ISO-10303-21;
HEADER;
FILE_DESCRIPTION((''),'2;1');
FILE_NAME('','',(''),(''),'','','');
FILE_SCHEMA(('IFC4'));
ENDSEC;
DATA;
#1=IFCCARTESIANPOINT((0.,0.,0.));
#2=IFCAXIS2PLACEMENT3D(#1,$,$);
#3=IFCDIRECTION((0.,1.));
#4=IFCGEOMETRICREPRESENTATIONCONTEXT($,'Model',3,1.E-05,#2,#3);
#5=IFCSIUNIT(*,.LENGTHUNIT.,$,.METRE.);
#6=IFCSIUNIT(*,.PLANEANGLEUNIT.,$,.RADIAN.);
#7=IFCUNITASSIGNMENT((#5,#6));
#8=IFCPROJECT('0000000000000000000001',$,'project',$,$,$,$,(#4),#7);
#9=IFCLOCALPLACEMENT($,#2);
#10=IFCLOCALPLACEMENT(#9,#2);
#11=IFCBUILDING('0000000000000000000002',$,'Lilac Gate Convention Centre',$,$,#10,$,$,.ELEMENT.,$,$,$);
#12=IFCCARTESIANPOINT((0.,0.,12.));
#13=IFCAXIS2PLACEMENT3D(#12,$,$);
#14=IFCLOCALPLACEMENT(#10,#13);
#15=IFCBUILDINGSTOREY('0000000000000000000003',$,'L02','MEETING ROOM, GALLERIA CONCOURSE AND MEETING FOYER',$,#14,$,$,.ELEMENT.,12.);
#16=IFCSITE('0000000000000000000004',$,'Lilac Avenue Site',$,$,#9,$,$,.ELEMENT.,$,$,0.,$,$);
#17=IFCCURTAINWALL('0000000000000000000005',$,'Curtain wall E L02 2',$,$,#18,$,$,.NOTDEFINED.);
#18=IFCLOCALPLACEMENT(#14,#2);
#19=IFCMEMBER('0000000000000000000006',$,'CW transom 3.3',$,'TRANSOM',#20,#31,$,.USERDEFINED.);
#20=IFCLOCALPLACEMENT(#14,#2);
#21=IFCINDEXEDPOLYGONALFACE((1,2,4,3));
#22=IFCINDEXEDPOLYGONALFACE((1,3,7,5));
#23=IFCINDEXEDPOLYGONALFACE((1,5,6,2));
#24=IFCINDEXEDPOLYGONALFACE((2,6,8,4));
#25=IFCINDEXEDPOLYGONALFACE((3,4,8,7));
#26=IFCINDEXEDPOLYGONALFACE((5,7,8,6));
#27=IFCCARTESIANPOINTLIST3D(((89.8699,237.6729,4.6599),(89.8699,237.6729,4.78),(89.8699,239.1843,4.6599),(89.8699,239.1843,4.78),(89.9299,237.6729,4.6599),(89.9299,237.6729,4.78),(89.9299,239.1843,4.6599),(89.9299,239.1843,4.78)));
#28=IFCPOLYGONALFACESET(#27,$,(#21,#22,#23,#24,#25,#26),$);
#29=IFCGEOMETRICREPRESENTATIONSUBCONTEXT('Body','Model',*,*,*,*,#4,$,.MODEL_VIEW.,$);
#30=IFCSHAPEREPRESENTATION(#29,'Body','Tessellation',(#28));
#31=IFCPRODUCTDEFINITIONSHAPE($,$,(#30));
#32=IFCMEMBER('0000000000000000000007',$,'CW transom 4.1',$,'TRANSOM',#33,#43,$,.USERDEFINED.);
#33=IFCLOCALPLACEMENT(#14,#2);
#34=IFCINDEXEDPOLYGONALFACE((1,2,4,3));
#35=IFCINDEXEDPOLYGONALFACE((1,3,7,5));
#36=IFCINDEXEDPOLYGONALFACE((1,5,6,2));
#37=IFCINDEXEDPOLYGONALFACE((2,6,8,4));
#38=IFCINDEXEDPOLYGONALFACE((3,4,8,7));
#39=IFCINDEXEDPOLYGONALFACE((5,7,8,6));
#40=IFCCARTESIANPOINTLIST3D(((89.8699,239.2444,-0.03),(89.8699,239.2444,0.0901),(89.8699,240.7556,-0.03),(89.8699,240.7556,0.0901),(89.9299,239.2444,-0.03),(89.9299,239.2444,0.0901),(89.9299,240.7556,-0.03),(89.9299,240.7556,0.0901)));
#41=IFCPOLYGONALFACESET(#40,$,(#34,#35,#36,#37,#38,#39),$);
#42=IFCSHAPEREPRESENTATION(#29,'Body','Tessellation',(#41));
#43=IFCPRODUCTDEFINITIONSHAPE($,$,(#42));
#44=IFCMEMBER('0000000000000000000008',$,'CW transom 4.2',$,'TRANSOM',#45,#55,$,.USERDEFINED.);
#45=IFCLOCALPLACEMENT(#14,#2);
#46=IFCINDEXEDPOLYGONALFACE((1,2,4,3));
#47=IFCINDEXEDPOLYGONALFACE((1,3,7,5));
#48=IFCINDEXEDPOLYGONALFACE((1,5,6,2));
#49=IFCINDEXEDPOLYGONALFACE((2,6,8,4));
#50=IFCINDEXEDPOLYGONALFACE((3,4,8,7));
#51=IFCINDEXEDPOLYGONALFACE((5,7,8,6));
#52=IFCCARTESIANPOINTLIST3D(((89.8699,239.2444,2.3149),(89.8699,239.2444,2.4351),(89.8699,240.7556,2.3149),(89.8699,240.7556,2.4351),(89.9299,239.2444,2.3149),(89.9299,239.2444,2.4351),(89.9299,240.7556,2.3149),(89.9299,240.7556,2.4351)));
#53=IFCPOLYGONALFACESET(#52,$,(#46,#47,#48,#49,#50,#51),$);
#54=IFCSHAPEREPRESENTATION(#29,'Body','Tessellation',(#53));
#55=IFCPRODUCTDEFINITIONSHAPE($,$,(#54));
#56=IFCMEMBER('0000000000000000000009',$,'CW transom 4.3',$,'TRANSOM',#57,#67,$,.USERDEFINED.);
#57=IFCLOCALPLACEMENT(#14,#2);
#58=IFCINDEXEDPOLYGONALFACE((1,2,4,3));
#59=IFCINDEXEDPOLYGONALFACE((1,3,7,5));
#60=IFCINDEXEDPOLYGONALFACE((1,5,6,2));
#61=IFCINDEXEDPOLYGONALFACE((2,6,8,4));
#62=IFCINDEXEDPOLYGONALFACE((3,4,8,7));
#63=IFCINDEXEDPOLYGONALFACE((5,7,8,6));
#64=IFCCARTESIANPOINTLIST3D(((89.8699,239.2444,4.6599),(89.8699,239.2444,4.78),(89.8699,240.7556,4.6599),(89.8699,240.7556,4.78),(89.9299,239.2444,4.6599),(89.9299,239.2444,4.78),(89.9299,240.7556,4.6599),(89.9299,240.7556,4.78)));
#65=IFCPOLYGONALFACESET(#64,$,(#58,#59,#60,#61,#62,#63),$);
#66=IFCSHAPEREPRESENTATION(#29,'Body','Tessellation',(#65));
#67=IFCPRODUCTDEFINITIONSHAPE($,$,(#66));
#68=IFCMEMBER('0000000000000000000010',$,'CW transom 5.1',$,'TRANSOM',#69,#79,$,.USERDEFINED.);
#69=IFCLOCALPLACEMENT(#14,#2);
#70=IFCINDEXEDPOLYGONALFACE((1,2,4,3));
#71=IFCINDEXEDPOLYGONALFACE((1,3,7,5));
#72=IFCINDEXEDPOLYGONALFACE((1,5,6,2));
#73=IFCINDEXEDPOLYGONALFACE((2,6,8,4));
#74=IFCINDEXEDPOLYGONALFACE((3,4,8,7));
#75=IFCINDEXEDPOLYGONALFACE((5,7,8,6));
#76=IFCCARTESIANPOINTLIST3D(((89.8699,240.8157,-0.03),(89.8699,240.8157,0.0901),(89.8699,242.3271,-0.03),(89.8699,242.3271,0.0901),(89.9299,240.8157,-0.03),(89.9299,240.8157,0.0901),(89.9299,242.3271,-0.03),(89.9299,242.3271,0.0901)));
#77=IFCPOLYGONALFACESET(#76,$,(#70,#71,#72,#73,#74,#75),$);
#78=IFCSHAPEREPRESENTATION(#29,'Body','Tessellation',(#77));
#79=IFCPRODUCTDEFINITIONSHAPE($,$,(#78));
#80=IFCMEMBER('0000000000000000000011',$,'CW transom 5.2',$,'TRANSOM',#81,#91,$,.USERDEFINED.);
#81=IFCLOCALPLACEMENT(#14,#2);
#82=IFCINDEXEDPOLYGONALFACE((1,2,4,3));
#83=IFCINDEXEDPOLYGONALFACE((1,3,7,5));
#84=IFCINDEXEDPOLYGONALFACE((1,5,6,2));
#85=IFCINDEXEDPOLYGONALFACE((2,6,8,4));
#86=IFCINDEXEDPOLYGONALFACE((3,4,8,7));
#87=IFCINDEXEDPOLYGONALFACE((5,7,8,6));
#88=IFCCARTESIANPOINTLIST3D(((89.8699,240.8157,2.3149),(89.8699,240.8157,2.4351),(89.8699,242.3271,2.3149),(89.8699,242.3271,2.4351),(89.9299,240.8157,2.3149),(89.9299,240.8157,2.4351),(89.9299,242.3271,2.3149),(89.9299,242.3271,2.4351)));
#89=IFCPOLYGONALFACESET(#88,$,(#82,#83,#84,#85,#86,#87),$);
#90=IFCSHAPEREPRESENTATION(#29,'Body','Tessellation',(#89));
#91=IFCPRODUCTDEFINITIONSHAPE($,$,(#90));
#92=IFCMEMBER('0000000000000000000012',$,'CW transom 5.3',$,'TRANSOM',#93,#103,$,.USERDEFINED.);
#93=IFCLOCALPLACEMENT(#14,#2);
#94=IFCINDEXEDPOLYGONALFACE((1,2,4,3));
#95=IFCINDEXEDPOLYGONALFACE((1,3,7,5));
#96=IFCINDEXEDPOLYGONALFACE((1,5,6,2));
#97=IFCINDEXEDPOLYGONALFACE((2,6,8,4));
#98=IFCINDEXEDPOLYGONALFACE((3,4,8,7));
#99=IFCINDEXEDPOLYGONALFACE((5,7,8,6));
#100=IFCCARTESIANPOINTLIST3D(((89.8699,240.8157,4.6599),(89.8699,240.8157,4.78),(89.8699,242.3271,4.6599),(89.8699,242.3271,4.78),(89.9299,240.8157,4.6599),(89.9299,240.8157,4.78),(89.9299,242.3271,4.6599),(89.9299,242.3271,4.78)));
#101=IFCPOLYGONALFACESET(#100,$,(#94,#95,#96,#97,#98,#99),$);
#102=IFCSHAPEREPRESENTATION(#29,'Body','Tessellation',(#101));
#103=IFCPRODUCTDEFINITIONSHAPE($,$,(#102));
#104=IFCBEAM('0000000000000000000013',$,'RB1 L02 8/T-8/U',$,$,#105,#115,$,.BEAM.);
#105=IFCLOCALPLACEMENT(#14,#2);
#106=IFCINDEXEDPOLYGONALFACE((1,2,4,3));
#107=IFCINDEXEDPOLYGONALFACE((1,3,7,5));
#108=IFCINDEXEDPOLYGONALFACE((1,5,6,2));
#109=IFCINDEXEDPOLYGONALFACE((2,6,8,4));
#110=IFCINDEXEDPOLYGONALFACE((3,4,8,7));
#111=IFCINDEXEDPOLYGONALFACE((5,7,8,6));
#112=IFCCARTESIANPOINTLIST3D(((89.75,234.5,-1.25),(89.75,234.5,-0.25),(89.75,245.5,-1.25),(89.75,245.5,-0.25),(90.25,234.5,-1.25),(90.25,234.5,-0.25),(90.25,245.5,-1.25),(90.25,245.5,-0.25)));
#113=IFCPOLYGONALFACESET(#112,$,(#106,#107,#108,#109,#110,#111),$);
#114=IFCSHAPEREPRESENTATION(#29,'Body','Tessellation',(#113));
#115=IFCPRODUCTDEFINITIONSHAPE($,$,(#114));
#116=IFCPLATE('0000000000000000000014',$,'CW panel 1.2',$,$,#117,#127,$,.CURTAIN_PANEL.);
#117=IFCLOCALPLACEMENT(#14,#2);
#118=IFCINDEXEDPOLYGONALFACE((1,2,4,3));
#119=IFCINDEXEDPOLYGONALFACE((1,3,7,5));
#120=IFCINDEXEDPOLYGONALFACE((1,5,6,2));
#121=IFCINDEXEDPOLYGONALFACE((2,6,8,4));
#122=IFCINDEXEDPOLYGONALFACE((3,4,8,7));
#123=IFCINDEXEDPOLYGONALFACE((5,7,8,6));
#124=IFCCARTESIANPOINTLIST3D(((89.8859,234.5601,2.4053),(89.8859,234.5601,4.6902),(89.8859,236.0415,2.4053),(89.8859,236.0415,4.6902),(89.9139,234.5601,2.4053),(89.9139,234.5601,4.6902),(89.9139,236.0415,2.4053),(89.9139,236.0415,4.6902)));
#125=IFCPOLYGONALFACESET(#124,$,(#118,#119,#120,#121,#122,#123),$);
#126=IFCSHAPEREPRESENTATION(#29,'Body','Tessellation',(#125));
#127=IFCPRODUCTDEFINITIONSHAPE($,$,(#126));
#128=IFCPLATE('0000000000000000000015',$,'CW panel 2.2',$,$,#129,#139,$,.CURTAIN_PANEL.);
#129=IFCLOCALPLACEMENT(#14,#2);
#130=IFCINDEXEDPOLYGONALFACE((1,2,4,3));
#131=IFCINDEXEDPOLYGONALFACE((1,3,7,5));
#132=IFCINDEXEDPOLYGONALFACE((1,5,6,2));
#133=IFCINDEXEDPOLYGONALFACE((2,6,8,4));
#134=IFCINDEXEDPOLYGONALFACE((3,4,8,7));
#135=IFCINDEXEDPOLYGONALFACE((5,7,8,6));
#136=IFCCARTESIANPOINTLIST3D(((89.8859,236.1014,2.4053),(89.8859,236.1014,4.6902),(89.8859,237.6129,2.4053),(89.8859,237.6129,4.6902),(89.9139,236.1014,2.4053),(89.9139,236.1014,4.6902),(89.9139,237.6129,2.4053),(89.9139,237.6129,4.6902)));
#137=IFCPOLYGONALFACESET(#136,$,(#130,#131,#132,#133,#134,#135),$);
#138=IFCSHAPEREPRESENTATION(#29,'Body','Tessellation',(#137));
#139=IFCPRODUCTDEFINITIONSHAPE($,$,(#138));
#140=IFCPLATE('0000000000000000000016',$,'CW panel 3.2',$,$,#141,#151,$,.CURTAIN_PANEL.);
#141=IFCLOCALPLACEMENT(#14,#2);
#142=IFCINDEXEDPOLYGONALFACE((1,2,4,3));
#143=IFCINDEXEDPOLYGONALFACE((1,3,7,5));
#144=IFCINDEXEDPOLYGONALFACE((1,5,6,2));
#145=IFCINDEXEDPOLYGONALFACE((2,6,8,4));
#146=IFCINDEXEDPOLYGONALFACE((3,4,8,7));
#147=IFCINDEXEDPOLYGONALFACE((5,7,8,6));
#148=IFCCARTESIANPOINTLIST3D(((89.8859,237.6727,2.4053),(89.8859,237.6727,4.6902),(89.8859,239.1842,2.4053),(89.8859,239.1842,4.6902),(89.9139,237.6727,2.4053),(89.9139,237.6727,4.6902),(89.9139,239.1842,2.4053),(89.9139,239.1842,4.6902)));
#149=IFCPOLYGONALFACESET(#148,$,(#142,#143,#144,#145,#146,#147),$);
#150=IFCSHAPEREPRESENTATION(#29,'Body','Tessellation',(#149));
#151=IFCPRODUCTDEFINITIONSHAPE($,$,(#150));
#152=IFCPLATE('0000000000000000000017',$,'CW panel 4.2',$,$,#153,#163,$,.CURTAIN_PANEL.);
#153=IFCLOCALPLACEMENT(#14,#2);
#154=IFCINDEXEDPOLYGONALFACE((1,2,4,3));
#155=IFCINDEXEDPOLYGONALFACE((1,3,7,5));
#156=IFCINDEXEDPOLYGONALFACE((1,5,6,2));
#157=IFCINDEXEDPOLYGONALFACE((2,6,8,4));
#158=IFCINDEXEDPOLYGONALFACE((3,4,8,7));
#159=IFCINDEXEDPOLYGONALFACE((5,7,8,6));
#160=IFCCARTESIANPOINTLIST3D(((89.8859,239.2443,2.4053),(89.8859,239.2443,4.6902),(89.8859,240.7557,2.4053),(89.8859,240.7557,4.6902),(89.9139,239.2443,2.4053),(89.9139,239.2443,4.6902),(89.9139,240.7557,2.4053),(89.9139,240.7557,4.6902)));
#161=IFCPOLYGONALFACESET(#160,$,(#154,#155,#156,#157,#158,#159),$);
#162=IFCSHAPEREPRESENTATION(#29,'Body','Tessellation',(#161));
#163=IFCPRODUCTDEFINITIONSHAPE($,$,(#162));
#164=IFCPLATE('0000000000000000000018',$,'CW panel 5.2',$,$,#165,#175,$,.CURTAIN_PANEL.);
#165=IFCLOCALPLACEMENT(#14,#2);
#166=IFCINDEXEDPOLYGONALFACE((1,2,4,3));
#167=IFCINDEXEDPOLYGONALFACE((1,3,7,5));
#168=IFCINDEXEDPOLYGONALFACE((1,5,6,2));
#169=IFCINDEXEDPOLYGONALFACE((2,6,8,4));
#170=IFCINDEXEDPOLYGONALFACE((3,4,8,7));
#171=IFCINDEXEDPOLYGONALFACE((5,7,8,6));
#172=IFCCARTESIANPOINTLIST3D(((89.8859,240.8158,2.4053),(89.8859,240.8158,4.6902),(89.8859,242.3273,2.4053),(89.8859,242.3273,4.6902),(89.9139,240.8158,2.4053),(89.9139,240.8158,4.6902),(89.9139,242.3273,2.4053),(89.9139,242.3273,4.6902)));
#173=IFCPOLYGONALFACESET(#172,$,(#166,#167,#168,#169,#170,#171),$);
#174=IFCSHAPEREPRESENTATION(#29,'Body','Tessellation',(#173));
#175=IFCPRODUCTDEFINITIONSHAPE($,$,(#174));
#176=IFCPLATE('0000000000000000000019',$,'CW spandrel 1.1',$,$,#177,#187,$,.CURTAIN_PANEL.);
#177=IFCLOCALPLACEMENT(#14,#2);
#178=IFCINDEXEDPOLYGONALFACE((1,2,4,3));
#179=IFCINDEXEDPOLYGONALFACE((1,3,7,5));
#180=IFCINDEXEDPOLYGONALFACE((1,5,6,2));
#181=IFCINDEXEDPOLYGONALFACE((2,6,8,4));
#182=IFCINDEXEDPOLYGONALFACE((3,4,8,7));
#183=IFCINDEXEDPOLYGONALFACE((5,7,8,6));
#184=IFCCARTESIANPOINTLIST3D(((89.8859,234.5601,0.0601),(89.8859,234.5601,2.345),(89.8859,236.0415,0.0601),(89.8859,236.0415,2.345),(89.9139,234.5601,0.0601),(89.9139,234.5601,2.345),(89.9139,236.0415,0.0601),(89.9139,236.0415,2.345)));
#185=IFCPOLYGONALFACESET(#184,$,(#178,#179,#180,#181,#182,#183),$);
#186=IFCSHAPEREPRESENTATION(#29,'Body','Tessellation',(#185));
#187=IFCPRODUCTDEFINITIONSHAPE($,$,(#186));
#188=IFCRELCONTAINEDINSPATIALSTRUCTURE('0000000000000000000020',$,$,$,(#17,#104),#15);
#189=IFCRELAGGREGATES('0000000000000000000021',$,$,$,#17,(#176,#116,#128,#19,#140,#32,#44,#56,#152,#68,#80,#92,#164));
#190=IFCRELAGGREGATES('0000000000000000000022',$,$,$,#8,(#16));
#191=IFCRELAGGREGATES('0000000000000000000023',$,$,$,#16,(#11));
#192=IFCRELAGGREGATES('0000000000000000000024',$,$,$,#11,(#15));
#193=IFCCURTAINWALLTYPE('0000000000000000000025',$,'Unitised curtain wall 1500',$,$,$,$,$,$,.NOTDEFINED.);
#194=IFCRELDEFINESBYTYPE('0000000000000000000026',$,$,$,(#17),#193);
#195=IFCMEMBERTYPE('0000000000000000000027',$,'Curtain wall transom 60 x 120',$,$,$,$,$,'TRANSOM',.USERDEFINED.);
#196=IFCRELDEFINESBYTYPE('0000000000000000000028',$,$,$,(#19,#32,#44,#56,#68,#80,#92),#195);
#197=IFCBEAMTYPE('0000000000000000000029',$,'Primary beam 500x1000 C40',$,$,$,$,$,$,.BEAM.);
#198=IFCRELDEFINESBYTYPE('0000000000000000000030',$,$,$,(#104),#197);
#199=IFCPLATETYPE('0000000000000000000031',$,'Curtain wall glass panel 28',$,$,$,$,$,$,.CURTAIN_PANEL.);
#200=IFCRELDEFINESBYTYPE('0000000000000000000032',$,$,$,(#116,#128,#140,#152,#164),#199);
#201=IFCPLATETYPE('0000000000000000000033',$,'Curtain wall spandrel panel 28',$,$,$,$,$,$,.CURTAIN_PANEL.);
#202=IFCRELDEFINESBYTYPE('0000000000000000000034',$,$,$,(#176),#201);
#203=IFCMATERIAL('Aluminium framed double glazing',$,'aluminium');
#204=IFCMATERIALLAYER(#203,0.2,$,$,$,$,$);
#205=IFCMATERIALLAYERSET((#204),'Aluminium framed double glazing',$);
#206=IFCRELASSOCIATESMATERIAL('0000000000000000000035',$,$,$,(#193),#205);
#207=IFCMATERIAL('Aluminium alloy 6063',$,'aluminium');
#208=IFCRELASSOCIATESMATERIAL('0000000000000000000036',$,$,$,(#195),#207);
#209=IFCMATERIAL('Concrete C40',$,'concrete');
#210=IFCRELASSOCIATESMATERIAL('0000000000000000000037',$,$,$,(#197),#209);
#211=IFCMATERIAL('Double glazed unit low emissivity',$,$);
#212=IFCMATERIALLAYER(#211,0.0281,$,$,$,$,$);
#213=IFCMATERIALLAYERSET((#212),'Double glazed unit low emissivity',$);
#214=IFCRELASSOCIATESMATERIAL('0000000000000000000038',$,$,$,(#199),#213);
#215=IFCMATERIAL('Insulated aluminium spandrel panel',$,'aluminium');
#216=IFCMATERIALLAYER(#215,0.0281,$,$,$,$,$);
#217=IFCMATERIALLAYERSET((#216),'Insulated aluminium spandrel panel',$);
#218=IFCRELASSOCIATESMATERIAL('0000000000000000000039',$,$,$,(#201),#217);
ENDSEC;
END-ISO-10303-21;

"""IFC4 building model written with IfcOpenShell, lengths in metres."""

from ifc_helpers import new_model, si_unit, direction, frame, origin, origin_2d, place, context, subcontext, project, spatial, rectangle, extrude, material, layer, layer_set, material_profile, profile_set, type_object, element, aggregate, save


model = new_model("IFC4")

# Units and contexts
model_context = context("Model", 3, precision=1e-05, world=origin(), true_north=direction((0.0, 1.0)))
body_context = subcontext(model_context, "Body", "Model", "MODEL_VIEW")
ifc_project = project(units=[si_unit("LENGTHUNIT", "METRE"), si_unit("PLANEANGLEUNIT", "RADIAN")], contexts=[model_context])

# Site, building, storey
site_placement = place(None, origin())
site = spatial("IfcSite", under=ifc_project, at=site_placement, Name="Lilac Avenue Site", CompositionType="ELEMENT", RefElevation=0.0)
building_placement = place(site_placement, origin())
building = spatial("IfcBuilding", under=site, at=building_placement, Name="Lilac Gate Convention Centre", CompositionType="ELEMENT")
storey_placement = place(building_placement, frame((0.0, 0.0, 12.0)))
storey = spatial("IfcBuildingStorey", under=building, at=storey_placement, Name="L02", Description="MEETING ROOM, GALLERIA CONCOURSE AND MEETING FOYER", CompositionType="ELEMENT", Elevation=12.0)

# Curtain wall, members
ifc_material_1 = material(Name="Aluminium framed double glazing", Category="aluminium")
ifc_layer_1 = layer(ifc_material_1, 0.2)
ifc_layer_set_1 = layer_set([ifc_layer_1], Name="Aluminium framed double glazing")
curtain_wall_type = type_object("IfcCurtainWallType", Name="Unitised curtain wall 1500", PredefinedType="NOTDEFINED", material=ifc_layer_set_1)
curtain_wall_placement = place(storey_placement, origin())
curtain_wall = element("IfcCurtainWall", 1, at=curtain_wall_placement, inside=storey, type_object=curtain_wall_type, Name="Curtain wall E L02 2", PredefinedType="NOTDEFINED")
ifc_material_2 = material(Name="Aluminium alloy 6063", Category="aluminium")
ifc_material_profile_1 = material_profile(ifc_material_2, rectangle(XDim=0.0601, YDim=0.1201, at=origin_2d()), Name="Curtain wall transom 60 x 120")
ifc_profile_set_1 = profile_set([ifc_material_profile_1], Name="Aluminium alloy 6063")
member_type_1 = type_object("IfcMemberType", Name="Curtain wall transom 60 x 120", ElementType="TRANSOM", PredefinedType="USERDEFINED", material=ifc_profile_set_1)
member_1_placement = place(storey_placement, frame((89.8999, 237.6729, 4.72), z_axis=(0.0, 1.0, 0.0), x_axis=(-1.0, 0.0, 0.0)))
member_1 = element("IfcMember", 2, at=member_1_placement, type_object=member_type_1, Name="CW transom 3.3", ObjectType="TRANSOM", PredefinedType="USERDEFINED", context=body_context, shape_type="SweptSolid", body=[
    extrude(rectangle(XDim=0.0601, YDim=0.1201, at=origin_2d()), origin(), (0.0, 0.0, 1.0), 1.5115),
])
member_2_placement = place(storey_placement, frame((89.8999, 239.2444, 0.03), z_axis=(0.0, 1.0, 0.0), x_axis=(-1.0, 0.0, 0.0)))
member_2 = element("IfcMember", 3, at=member_2_placement, type_object=member_type_1, Name="CW transom 4.1", ObjectType="TRANSOM", PredefinedType="USERDEFINED", context=body_context, shape_type="SweptSolid", body=[
    extrude(rectangle(XDim=0.0601, YDim=0.1201, at=origin_2d()), origin(), (0.0, 0.0, 1.0), 1.5112),
])
member_3_placement = place(storey_placement, frame((89.8999, 239.2444, 2.375), z_axis=(0.0, 1.0, 0.0), x_axis=(-1.0, 0.0, 0.0)))
member_3 = element("IfcMember", 4, at=member_3_placement, type_object=member_type_1, Name="CW transom 4.2", ObjectType="TRANSOM", PredefinedType="USERDEFINED", context=body_context, shape_type="SweptSolid", body=[
    extrude(rectangle(XDim=0.0601, YDim=0.1201, at=origin_2d()), origin(), (0.0, 0.0, 1.0), 1.5112),
])
member_4_placement = place(storey_placement, frame((89.8999, 239.2444, 4.72), z_axis=(0.0, 1.0, 0.0), x_axis=(-1.0, 0.0, 0.0)))
member_4 = element("IfcMember", 5, at=member_4_placement, type_object=member_type_1, Name="CW transom 4.3", ObjectType="TRANSOM", PredefinedType="USERDEFINED", context=body_context, shape_type="SweptSolid", body=[
    extrude(rectangle(XDim=0.0601, YDim=0.1201, at=origin_2d()), origin(), (0.0, 0.0, 1.0), 1.5112),
])
member_5_placement = place(storey_placement, frame((89.8999, 240.8157, 0.03), z_axis=(0.0, 1.0, 0.0), x_axis=(-1.0, 0.0, 0.0)))
member_5 = element("IfcMember", 6, at=member_5_placement, type_object=member_type_1, Name="CW transom 5.1", ObjectType="TRANSOM", PredefinedType="USERDEFINED", context=body_context, shape_type="SweptSolid", body=[
    extrude(rectangle(XDim=0.0601, YDim=0.1201, at=origin_2d()), origin(), (0.0, 0.0, 1.0), 1.5115),
])
member_6_placement = place(storey_placement, frame((89.8999, 240.8157, 2.375), z_axis=(0.0, 1.0, 0.0), x_axis=(-1.0, 0.0, 0.0)))
member_6 = element("IfcMember", 7, at=member_6_placement, type_object=member_type_1, Name="CW transom 5.2", ObjectType="TRANSOM", PredefinedType="USERDEFINED", context=body_context, shape_type="SweptSolid", body=[
    extrude(rectangle(XDim=0.0601, YDim=0.1201, at=origin_2d()), origin(), (0.0, 0.0, 1.0), 1.5115),
])
member_7_placement = place(storey_placement, frame((89.8999, 240.8157, 4.72), z_axis=(0.0, 1.0, 0.0), x_axis=(-1.0, 0.0, 0.0)))
member_7 = element("IfcMember", 8, at=member_7_placement, type_object=member_type_1, Name="CW transom 5.3", ObjectType="TRANSOM", PredefinedType="USERDEFINED", context=body_context, shape_type="SweptSolid", body=[
    extrude(rectangle(XDim=0.0601, YDim=0.1201, at=origin_2d()), origin(), (0.0, 0.0, 1.0), 1.5115),
])

# Beam
ifc_material_3 = material(Name="Concrete C40", Category="concrete")
ifc_material_profile_2 = material_profile(ifc_material_3, rectangle(XDim=0.5, YDim=1.0, at=origin_2d()), Name="RC 500x1000")
ifc_profile_set_2 = profile_set([ifc_material_profile_2], Name="Concrete C40")
beam_type = type_object("IfcBeamType", Name="Primary beam 500x1000 C40", PredefinedType="BEAM", material=ifc_profile_set_2)
beam_placement = place(storey_placement, frame((90.0, 234.5, -0.75), z_axis=(0.0, 1.0, 0.0), x_axis=(-1.0, 0.0, 0.0)))
element("IfcBeam", 9, at=beam_placement, inside=storey, type_object=beam_type, Name="RB1 L02 8/T-8/U", PredefinedType="BEAM", context=body_context, shape_type="SweptSolid", body=[
    extrude(rectangle(XDim=0.5, YDim=1.0, at=origin_2d()), origin(), (0.0, 0.0, 1.0), 11.0),
])

# Plates
ifc_material_4 = material(Name="Double glazed unit low emissivity")
ifc_layer_2 = layer(ifc_material_4, 0.0281)
ifc_layer_set_2 = layer_set([ifc_layer_2], Name="Double glazed unit low emissivity")
plate_type_1 = type_object("IfcPlateType", Name="Curtain wall glass panel 28", PredefinedType="CURTAIN_PANEL", material=ifc_layer_set_2)
plate_1_placement = place(storey_placement, frame((89.8999, 235.3008, 2.4053), z_axis=(0.0, 0.0, 1.0), x_axis=(0.0, 1.0, 0.0)))
plate_1 = element("IfcPlate", 10, at=plate_1_placement, type_object=plate_type_1, Name="CW panel 1.2", PredefinedType="CURTAIN_PANEL", context=body_context, shape_type="SweptSolid", body=[
    extrude(rectangle(XDim=1.4814, YDim=0.0281, at=origin_2d()), origin(), (0.0, 0.0, 1.0), 2.2849),
])
plate_2_placement = place(storey_placement, frame((89.8999, 236.8572, 2.4053), z_axis=(0.0, 0.0, 1.0), x_axis=(0.0, 1.0, 0.0)))
plate_2 = element("IfcPlate", 11, at=plate_2_placement, type_object=plate_type_1, Name="CW panel 2.2", PredefinedType="CURTAIN_PANEL", context=body_context, shape_type="SweptSolid", body=[
    extrude(rectangle(XDim=1.5115, YDim=0.0281, at=origin_2d()), origin(), (0.0, 0.0, 1.0), 2.2849),
])
plate_3_placement = place(storey_placement, frame((89.8999, 238.4285, 2.4053), z_axis=(0.0, 0.0, 1.0), x_axis=(0.0, 1.0, 0.0)))
plate_3 = element("IfcPlate", 12, at=plate_3_placement, type_object=plate_type_1, Name="CW panel 3.2", PredefinedType="CURTAIN_PANEL", context=body_context, shape_type="SweptSolid", body=[
    extrude(rectangle(XDim=1.5115, YDim=0.0281, at=origin_2d()), origin(), (0.0, 0.0, 1.0), 2.2849),
])
plate_4_placement = place(storey_placement, frame((89.8999, 240.0, 2.4053), z_axis=(0.0, 0.0, 1.0), x_axis=(0.0, 1.0, 0.0)))
plate_4 = element("IfcPlate", 13, at=plate_4_placement, type_object=plate_type_1, Name="CW panel 4.2", PredefinedType="CURTAIN_PANEL", context=body_context, shape_type="SweptSolid", body=[
    extrude(rectangle(XDim=1.5115, YDim=0.0281, at=origin_2d()), origin(), (0.0, 0.0, 1.0), 2.2849),
])
plate_5_placement = place(storey_placement, frame((89.8999, 241.5715, 2.4053), z_axis=(0.0, 0.0, 1.0), x_axis=(0.0, 1.0, 0.0)))
plate_5 = element("IfcPlate", 14, at=plate_5_placement, type_object=plate_type_1, Name="CW panel 5.2", PredefinedType="CURTAIN_PANEL", context=body_context, shape_type="SweptSolid", body=[
    extrude(rectangle(XDim=1.5115, YDim=0.0281, at=origin_2d()), origin(), (0.0, 0.0, 1.0), 2.2849),
])
ifc_material_5 = material(Name="Insulated aluminium spandrel panel", Category="aluminium")
ifc_layer_3 = layer(ifc_material_5, 0.0281)
ifc_layer_set_3 = layer_set([ifc_layer_3], Name="Insulated aluminium spandrel panel")
plate_type_2 = type_object("IfcPlateType", Name="Curtain wall spandrel panel 28", PredefinedType="CURTAIN_PANEL", material=ifc_layer_set_3)
plate_6_placement = place(storey_placement, frame((89.8999, 235.3008, 0.0601), z_axis=(0.0, 0.0, 1.0), x_axis=(0.0, 1.0, 0.0)))
plate_6 = element("IfcPlate", 15, at=plate_6_placement, type_object=plate_type_2, Name="CW spandrel 1.1", PredefinedType="CURTAIN_PANEL", context=body_context, shape_type="SweptSolid", body=[
    extrude(rectangle(XDim=1.4814, YDim=0.0281, at=origin_2d()), origin(), (0.0, 0.0, 1.0), 2.2849),
])
aggregate(curtain_wall, [plate_6, plate_1, plate_2, member_1, plate_3, member_2, member_3, member_4, plate_4, member_5, member_6, member_7, plate_5])

save(model, "model.ifc")
